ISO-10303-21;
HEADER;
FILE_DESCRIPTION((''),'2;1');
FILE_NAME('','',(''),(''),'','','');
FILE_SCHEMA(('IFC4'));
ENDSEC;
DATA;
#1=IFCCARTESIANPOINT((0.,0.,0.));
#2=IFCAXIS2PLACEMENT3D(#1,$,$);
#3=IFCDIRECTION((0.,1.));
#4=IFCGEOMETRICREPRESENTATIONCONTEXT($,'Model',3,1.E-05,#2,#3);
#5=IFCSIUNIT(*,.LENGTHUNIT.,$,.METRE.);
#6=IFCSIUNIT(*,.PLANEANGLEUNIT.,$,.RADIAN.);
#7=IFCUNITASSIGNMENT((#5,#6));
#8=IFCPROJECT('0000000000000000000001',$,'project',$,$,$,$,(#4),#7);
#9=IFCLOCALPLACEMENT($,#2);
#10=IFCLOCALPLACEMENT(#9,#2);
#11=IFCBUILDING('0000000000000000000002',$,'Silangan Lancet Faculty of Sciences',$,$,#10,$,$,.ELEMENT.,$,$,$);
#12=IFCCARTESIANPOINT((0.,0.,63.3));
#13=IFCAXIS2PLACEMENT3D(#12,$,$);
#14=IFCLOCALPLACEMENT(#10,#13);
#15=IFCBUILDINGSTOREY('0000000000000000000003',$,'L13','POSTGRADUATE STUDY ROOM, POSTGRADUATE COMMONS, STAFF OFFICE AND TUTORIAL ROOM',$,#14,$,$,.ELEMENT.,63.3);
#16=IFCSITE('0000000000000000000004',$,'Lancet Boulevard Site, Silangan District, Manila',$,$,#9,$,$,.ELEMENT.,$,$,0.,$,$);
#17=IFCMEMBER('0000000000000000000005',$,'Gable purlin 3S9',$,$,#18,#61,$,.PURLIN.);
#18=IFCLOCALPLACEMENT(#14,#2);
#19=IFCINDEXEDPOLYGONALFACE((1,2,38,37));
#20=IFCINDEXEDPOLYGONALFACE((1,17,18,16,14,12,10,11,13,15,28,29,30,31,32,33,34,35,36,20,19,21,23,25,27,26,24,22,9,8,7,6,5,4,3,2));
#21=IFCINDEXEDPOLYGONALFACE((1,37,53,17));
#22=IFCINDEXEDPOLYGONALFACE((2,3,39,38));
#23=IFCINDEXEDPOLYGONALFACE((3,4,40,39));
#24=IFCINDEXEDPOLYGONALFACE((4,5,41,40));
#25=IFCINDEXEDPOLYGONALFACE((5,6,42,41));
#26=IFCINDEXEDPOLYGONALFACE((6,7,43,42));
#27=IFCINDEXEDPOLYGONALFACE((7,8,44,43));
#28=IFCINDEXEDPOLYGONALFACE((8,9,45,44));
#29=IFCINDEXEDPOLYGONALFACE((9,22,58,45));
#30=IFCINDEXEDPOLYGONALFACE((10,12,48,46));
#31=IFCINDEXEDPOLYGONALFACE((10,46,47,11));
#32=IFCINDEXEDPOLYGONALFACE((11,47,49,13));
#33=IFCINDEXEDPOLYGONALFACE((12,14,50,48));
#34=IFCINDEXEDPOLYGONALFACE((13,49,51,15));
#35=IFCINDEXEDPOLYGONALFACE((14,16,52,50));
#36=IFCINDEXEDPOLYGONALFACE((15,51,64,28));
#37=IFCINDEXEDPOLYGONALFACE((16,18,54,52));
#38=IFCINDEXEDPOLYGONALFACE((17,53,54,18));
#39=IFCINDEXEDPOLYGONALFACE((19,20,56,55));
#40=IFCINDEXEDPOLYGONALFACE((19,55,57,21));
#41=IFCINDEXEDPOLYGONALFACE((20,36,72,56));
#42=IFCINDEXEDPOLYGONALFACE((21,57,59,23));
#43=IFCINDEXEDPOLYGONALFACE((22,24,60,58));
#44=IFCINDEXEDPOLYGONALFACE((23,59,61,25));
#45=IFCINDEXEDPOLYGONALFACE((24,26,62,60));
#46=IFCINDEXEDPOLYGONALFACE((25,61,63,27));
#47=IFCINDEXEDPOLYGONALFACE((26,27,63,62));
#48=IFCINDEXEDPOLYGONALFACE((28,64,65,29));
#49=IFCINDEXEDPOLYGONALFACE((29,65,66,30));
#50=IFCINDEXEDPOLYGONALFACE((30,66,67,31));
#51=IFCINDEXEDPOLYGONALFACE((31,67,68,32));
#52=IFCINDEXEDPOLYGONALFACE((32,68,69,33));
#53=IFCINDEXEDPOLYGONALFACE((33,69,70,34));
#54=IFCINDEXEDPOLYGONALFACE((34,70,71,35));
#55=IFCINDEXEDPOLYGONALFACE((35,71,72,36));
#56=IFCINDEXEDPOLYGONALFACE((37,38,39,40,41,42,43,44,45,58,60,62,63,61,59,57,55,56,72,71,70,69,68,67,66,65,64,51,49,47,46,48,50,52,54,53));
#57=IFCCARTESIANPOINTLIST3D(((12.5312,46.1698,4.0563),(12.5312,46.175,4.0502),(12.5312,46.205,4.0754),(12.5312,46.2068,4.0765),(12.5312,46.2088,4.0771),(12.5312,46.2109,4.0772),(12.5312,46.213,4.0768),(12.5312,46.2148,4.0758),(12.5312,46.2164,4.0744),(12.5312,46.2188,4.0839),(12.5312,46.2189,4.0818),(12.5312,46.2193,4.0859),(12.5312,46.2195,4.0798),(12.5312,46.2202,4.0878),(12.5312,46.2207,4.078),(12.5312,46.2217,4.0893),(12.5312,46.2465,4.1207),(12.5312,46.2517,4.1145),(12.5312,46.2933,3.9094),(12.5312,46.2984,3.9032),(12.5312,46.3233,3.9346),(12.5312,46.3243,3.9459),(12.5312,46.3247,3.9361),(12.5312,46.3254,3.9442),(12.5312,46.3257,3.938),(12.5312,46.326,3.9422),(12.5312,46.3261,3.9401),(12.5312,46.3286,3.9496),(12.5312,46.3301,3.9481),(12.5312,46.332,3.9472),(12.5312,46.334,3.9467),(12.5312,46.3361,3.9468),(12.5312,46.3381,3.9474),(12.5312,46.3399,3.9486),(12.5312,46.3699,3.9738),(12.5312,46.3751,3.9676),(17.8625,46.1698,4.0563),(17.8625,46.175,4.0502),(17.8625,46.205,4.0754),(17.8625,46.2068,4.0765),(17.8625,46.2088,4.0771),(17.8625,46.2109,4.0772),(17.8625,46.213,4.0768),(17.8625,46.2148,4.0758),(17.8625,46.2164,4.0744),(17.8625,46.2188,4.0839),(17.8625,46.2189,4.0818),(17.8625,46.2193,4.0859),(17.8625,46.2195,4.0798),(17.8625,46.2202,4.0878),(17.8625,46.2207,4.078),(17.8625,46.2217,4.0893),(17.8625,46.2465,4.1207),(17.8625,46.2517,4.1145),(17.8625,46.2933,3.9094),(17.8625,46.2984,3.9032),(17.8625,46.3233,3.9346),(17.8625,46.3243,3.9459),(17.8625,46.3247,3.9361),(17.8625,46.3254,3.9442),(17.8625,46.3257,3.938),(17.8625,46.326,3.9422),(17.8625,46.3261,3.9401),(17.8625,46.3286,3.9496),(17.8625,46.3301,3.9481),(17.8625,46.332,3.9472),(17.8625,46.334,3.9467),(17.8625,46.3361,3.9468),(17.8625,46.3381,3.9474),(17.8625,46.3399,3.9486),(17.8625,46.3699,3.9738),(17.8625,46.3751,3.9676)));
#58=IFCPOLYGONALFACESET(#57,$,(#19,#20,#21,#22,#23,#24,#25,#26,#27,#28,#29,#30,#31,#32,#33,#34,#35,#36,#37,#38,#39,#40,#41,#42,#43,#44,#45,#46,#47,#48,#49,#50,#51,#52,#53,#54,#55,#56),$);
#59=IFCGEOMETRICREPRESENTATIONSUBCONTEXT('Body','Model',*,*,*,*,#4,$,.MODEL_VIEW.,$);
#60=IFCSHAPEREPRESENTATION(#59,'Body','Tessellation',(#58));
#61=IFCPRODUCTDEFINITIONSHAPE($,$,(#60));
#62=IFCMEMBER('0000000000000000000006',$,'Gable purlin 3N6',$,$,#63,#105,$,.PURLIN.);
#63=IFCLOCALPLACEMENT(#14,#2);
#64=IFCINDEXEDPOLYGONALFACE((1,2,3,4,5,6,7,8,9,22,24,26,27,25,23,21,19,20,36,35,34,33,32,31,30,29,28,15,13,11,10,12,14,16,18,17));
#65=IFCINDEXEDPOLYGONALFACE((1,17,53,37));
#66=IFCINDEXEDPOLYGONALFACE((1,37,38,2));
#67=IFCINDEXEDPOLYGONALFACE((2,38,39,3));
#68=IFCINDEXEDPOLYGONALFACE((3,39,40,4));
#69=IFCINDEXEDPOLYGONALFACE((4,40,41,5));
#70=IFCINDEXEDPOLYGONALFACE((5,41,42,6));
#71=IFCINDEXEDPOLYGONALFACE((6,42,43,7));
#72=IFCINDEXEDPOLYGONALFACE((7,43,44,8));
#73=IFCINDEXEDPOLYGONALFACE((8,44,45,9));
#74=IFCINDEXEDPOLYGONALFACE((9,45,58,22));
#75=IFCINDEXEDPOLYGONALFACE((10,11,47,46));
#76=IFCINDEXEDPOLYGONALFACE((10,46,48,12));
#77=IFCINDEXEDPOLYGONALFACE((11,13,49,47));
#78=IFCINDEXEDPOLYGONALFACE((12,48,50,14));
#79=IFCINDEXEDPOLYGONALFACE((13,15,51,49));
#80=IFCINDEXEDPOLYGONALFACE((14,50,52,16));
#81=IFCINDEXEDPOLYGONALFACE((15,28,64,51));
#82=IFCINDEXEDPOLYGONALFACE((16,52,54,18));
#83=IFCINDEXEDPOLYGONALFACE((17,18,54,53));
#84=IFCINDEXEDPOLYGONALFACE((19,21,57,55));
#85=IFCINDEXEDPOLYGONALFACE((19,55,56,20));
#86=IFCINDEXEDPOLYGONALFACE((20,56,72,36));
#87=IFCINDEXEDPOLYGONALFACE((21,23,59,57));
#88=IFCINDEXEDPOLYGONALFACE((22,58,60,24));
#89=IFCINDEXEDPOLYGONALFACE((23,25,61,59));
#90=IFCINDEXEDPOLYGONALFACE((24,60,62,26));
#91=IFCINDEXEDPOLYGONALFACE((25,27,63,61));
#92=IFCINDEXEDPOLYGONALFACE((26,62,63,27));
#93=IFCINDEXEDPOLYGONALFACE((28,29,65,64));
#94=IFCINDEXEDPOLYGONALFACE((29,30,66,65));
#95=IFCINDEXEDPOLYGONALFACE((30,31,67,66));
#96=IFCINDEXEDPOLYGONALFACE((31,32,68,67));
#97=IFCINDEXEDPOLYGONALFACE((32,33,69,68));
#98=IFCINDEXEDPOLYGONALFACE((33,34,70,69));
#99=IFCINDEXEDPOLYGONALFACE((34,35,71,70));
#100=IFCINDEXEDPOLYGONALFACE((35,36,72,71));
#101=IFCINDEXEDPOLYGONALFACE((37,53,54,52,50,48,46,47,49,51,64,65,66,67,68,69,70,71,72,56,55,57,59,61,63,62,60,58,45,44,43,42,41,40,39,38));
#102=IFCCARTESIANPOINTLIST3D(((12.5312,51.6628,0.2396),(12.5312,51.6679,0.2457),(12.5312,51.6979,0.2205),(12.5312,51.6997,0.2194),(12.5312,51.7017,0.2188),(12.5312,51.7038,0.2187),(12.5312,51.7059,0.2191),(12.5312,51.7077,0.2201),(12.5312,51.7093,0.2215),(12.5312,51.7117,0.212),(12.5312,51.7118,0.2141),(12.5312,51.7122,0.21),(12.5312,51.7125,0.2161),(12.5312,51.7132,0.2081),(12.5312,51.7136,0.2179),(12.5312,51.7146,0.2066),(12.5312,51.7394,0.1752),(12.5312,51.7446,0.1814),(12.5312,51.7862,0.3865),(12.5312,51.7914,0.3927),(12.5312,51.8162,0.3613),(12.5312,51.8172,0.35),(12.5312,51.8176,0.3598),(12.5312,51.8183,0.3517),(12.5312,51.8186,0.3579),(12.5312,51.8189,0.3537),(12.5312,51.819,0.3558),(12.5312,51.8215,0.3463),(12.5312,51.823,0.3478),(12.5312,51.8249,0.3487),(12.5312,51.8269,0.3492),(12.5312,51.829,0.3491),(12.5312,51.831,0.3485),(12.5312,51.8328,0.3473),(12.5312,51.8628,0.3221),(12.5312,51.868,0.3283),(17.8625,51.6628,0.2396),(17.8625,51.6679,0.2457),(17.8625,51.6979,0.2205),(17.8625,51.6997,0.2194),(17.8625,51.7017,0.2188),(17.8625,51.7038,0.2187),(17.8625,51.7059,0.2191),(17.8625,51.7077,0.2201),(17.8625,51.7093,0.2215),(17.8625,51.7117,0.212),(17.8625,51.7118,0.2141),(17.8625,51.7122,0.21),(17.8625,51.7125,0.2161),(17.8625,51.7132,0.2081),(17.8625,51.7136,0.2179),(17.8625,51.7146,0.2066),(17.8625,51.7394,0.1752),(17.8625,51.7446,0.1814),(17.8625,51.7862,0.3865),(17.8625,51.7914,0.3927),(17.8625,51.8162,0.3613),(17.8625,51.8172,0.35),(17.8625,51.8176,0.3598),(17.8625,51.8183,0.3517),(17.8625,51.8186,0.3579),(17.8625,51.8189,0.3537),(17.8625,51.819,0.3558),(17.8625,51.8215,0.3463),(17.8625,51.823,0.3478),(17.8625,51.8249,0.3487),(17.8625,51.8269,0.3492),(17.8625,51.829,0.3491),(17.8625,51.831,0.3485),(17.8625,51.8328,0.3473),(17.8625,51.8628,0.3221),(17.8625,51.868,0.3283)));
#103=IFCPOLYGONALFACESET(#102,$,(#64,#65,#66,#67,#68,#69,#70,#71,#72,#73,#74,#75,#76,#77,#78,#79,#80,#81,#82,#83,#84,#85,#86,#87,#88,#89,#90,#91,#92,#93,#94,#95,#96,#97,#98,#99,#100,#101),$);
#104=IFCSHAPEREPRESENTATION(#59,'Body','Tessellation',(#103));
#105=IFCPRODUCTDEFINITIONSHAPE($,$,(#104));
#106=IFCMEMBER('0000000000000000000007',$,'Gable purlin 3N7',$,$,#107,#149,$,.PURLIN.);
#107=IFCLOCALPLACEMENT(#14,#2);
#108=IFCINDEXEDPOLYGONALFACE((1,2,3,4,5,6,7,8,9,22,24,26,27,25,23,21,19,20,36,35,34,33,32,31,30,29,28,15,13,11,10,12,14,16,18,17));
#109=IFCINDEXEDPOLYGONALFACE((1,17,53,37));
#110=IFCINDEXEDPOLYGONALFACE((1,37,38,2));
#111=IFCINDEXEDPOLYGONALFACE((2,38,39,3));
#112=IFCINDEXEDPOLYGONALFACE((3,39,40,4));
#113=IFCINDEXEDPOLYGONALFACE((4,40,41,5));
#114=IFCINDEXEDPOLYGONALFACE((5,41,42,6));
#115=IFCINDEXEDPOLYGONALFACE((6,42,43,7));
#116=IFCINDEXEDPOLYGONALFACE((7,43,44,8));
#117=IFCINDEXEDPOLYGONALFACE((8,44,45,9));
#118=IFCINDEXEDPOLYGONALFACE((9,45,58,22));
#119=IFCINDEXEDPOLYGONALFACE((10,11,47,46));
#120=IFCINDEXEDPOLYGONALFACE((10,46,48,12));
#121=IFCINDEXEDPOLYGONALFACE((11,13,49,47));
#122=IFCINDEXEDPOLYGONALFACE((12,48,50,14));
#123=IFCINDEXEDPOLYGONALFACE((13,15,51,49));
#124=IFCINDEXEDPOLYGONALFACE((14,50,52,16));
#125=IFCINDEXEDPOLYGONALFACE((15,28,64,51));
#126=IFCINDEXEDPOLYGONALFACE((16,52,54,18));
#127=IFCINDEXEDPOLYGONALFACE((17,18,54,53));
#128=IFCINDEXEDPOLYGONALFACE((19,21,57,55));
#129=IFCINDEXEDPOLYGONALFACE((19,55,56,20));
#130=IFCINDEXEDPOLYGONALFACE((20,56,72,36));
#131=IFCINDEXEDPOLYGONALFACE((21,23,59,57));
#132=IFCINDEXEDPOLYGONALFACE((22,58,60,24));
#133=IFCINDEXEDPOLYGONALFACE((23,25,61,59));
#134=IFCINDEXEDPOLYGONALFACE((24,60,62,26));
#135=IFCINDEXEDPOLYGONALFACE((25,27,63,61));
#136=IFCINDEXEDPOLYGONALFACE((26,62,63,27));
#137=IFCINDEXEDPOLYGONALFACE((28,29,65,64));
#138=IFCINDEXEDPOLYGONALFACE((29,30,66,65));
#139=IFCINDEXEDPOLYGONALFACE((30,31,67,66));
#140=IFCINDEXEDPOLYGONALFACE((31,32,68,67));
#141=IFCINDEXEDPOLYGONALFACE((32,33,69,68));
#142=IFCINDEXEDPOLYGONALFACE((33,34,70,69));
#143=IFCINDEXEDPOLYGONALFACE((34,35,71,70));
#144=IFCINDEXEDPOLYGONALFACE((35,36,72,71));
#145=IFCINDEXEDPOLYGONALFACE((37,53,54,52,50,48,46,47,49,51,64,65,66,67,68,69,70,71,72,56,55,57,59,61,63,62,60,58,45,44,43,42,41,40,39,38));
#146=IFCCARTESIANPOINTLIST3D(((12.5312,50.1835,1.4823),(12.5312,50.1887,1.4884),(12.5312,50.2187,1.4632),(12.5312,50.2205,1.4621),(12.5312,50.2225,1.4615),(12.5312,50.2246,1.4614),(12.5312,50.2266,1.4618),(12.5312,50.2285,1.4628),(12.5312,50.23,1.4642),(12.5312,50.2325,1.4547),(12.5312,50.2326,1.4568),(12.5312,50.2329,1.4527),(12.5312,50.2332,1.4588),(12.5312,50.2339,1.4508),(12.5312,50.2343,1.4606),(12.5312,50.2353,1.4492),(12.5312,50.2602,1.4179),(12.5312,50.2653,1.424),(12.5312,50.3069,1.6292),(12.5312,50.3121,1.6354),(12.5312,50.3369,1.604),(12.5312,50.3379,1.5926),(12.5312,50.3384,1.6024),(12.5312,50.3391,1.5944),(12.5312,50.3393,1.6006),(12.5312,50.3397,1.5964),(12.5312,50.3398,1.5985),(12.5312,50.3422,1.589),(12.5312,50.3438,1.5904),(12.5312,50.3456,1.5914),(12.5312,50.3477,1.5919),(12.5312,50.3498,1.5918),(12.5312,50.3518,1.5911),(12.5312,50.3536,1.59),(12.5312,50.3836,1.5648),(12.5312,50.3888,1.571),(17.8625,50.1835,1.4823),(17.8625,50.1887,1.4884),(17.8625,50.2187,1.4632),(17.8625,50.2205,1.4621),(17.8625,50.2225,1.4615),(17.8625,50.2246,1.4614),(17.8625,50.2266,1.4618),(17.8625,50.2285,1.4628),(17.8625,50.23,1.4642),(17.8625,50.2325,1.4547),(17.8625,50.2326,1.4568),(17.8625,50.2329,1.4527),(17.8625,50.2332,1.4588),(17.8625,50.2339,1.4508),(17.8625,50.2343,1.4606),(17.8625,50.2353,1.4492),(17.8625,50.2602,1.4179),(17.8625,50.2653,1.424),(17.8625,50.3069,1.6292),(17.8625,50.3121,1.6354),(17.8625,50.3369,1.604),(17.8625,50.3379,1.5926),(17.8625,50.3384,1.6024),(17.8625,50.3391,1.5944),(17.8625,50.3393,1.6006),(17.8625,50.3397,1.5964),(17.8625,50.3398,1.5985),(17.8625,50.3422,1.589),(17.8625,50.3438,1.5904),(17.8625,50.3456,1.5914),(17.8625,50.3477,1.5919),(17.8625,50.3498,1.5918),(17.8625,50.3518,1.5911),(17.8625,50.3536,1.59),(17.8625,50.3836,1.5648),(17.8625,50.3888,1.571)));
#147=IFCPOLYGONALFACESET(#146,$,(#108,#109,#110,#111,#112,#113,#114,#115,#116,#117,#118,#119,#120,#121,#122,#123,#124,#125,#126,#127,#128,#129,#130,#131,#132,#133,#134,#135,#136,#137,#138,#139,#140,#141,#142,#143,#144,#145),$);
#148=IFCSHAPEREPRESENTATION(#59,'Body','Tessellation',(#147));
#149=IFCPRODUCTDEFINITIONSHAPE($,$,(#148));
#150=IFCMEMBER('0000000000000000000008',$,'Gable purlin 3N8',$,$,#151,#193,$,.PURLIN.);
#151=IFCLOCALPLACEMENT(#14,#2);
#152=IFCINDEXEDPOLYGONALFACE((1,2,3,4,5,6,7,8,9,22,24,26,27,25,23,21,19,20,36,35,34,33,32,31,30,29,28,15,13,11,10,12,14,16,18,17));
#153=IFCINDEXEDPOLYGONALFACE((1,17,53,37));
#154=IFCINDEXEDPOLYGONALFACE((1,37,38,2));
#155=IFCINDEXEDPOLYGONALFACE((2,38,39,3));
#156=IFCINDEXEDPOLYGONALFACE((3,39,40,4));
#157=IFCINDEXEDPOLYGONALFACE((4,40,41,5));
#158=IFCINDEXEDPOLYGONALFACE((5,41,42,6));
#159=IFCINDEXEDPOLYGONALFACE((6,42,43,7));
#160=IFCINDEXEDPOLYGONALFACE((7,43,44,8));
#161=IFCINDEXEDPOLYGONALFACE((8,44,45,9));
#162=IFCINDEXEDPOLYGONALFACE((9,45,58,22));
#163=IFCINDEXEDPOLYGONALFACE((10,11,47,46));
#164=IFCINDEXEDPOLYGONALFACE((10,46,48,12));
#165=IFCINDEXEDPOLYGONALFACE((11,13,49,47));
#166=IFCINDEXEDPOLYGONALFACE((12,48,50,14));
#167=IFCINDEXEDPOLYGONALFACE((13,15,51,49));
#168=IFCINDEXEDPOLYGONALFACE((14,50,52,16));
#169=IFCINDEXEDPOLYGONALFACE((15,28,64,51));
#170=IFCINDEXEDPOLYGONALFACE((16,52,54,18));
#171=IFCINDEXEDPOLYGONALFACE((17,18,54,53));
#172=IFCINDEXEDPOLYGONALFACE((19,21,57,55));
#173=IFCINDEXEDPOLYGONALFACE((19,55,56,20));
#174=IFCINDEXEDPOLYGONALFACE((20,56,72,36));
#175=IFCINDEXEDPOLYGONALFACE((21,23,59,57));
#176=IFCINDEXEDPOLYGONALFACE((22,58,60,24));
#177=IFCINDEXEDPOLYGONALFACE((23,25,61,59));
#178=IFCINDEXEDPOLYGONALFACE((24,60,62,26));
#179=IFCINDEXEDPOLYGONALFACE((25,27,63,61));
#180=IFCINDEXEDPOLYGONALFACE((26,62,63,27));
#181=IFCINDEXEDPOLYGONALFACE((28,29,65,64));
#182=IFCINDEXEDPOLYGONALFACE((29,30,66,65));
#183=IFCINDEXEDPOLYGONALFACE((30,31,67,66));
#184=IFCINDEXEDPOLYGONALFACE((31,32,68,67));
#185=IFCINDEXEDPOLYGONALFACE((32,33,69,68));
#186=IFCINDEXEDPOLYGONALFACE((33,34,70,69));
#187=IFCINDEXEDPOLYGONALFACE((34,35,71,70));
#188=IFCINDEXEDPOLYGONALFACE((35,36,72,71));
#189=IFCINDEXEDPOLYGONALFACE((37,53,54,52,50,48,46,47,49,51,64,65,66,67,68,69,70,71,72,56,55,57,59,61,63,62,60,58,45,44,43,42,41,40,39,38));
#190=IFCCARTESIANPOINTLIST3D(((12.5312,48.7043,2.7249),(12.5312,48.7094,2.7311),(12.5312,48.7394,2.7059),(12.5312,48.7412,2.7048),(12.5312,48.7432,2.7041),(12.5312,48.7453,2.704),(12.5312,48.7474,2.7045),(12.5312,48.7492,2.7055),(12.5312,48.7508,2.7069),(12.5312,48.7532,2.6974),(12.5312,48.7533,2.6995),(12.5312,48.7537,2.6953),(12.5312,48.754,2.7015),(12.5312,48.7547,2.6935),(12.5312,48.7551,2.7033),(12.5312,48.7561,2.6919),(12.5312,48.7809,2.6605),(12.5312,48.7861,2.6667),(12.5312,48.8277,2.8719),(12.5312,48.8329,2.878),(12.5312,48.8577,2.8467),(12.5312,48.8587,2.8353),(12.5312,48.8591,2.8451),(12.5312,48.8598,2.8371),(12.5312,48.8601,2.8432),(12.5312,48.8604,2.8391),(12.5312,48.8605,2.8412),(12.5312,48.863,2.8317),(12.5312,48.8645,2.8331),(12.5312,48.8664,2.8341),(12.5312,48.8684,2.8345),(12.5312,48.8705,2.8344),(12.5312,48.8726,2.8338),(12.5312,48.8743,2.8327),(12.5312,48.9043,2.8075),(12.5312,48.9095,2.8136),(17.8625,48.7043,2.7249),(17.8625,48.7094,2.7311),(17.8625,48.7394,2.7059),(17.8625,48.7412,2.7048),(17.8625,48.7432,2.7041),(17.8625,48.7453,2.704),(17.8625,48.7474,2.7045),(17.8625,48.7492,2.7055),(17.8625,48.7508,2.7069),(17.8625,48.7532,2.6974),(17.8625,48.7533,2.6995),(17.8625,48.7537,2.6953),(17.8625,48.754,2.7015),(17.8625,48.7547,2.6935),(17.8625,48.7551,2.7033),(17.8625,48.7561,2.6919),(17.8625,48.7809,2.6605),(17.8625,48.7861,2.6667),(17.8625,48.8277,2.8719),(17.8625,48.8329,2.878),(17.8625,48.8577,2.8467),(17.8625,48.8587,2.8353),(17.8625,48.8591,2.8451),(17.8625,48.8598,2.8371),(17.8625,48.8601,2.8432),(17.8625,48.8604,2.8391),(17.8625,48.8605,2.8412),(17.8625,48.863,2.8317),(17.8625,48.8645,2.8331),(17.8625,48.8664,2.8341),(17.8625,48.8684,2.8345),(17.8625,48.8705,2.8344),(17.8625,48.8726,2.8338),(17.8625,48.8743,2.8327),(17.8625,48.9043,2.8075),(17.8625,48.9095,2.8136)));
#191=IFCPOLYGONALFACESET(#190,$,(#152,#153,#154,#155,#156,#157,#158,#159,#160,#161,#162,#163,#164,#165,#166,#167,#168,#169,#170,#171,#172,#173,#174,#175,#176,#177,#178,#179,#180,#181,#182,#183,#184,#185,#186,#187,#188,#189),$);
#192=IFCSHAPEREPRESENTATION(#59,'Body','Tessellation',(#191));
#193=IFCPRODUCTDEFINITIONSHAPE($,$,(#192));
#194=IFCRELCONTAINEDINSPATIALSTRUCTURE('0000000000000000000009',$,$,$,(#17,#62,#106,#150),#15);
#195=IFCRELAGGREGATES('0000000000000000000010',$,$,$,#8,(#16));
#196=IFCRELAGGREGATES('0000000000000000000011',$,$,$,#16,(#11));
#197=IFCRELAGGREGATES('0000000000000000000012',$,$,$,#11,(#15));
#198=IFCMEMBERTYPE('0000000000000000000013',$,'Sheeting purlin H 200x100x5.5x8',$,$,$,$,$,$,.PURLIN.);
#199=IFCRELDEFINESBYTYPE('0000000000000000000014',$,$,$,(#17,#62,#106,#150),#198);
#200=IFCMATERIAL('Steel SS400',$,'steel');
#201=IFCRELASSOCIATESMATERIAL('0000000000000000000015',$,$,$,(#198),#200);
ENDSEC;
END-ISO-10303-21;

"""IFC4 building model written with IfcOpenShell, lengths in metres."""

from ifc_helpers import new_model, si_unit, direction, frame, origin, origin_2d, place, context, subcontext, project, spatial, i_section, extrude, material, material_profile, profile_set, type_object, element, save


model = new_model("IFC4")

# Units and contexts
model_context = context("Model", 3, precision=1e-05, world=origin(), true_north=direction((0.0, 1.0)))
body_context = subcontext(model_context, "Body", "Model", "MODEL_VIEW")
ifc_project = project(units=[si_unit("LENGTHUNIT", "METRE"), si_unit("PLANEANGLEUNIT", "RADIAN")], contexts=[model_context])

# Site, building, storey
site_placement = place(None, origin())
site = spatial("IfcSite", under=ifc_project, at=site_placement, Name="Lancet Boulevard Site, Silangan District, Manila", CompositionType="ELEMENT", RefElevation=0.0)
building_placement = place(site_placement, origin())
building = spatial("IfcBuilding", under=site, at=building_placement, Name="Silangan Lancet Faculty of Sciences", CompositionType="ELEMENT")
storey_placement = place(building_placement, frame((0.0, 0.0, 63.3)))
storey = spatial("IfcBuildingStorey", under=building, at=storey_placement, Name="L13", Description="POSTGRADUATE STUDY ROOM, POSTGRADUATE COMMONS, STAFF OFFICE AND TUTORIAL ROOM", CompositionType="ELEMENT", Elevation=63.3)

# Members
ifc_material = material(Name="Steel SS400", Category="steel")
ifc_material_profile = material_profile(ifc_material, i_section(OverallWidth=0.1001, OverallDepth=0.2, WebThickness=0.0056, FlangeThickness=0.0081, FilletRadius=0.0081, at=origin_2d()), Name="H 200x100x5.5x8")
ifc_profile_set = profile_set([ifc_material_profile], Name="Steel SS400")
member_type = type_object("IfcMemberType", Name="Sheeting purlin H 200x100x5.5x8", PredefinedType="PURLIN", material=ifc_profile_set)
for number, where, z_axis, x_axis, name in (
    (1, (12.5312, 46.2725, 4.012), (1.0, 0.0, 0.0), (0.0, 0.765705, 0.643192), "Gable purlin 3S9"),
    (2, (12.5312, 51.7654, 0.2839), (1.0, 0.0, 0.0), (0.0, 0.765705, -0.643192), "Gable purlin 3N6"),
    (3, (12.5312, 50.2861, 1.5266), (1.0, 0.0, 0.0), (0.0, 0.765705, -0.643192), "Gable purlin 3N7"),
    (4, (12.5312, 48.8069, 2.7693), (1.0, 0.0, 0.0), (0.0, 0.765705, -0.643192), "Gable purlin 3N8"),
):
    element("IfcMember", number, at=place(storey_placement, frame(where, z_axis=z_axis, x_axis=x_axis)), inside=storey, type_object=member_type, Name=name, PredefinedType="PURLIN", context=body_context, shape_type="SweptSolid", body=[
        extrude(i_section(OverallWidth=0.1001, OverallDepth=0.2, WebThickness=0.0056, FlangeThickness=0.0081, FilletRadius=0.0081, at=origin_2d()), origin(), (0.0, 0.0, 1.0), 5.3313),
    ])

save(model, "model.ifc")
